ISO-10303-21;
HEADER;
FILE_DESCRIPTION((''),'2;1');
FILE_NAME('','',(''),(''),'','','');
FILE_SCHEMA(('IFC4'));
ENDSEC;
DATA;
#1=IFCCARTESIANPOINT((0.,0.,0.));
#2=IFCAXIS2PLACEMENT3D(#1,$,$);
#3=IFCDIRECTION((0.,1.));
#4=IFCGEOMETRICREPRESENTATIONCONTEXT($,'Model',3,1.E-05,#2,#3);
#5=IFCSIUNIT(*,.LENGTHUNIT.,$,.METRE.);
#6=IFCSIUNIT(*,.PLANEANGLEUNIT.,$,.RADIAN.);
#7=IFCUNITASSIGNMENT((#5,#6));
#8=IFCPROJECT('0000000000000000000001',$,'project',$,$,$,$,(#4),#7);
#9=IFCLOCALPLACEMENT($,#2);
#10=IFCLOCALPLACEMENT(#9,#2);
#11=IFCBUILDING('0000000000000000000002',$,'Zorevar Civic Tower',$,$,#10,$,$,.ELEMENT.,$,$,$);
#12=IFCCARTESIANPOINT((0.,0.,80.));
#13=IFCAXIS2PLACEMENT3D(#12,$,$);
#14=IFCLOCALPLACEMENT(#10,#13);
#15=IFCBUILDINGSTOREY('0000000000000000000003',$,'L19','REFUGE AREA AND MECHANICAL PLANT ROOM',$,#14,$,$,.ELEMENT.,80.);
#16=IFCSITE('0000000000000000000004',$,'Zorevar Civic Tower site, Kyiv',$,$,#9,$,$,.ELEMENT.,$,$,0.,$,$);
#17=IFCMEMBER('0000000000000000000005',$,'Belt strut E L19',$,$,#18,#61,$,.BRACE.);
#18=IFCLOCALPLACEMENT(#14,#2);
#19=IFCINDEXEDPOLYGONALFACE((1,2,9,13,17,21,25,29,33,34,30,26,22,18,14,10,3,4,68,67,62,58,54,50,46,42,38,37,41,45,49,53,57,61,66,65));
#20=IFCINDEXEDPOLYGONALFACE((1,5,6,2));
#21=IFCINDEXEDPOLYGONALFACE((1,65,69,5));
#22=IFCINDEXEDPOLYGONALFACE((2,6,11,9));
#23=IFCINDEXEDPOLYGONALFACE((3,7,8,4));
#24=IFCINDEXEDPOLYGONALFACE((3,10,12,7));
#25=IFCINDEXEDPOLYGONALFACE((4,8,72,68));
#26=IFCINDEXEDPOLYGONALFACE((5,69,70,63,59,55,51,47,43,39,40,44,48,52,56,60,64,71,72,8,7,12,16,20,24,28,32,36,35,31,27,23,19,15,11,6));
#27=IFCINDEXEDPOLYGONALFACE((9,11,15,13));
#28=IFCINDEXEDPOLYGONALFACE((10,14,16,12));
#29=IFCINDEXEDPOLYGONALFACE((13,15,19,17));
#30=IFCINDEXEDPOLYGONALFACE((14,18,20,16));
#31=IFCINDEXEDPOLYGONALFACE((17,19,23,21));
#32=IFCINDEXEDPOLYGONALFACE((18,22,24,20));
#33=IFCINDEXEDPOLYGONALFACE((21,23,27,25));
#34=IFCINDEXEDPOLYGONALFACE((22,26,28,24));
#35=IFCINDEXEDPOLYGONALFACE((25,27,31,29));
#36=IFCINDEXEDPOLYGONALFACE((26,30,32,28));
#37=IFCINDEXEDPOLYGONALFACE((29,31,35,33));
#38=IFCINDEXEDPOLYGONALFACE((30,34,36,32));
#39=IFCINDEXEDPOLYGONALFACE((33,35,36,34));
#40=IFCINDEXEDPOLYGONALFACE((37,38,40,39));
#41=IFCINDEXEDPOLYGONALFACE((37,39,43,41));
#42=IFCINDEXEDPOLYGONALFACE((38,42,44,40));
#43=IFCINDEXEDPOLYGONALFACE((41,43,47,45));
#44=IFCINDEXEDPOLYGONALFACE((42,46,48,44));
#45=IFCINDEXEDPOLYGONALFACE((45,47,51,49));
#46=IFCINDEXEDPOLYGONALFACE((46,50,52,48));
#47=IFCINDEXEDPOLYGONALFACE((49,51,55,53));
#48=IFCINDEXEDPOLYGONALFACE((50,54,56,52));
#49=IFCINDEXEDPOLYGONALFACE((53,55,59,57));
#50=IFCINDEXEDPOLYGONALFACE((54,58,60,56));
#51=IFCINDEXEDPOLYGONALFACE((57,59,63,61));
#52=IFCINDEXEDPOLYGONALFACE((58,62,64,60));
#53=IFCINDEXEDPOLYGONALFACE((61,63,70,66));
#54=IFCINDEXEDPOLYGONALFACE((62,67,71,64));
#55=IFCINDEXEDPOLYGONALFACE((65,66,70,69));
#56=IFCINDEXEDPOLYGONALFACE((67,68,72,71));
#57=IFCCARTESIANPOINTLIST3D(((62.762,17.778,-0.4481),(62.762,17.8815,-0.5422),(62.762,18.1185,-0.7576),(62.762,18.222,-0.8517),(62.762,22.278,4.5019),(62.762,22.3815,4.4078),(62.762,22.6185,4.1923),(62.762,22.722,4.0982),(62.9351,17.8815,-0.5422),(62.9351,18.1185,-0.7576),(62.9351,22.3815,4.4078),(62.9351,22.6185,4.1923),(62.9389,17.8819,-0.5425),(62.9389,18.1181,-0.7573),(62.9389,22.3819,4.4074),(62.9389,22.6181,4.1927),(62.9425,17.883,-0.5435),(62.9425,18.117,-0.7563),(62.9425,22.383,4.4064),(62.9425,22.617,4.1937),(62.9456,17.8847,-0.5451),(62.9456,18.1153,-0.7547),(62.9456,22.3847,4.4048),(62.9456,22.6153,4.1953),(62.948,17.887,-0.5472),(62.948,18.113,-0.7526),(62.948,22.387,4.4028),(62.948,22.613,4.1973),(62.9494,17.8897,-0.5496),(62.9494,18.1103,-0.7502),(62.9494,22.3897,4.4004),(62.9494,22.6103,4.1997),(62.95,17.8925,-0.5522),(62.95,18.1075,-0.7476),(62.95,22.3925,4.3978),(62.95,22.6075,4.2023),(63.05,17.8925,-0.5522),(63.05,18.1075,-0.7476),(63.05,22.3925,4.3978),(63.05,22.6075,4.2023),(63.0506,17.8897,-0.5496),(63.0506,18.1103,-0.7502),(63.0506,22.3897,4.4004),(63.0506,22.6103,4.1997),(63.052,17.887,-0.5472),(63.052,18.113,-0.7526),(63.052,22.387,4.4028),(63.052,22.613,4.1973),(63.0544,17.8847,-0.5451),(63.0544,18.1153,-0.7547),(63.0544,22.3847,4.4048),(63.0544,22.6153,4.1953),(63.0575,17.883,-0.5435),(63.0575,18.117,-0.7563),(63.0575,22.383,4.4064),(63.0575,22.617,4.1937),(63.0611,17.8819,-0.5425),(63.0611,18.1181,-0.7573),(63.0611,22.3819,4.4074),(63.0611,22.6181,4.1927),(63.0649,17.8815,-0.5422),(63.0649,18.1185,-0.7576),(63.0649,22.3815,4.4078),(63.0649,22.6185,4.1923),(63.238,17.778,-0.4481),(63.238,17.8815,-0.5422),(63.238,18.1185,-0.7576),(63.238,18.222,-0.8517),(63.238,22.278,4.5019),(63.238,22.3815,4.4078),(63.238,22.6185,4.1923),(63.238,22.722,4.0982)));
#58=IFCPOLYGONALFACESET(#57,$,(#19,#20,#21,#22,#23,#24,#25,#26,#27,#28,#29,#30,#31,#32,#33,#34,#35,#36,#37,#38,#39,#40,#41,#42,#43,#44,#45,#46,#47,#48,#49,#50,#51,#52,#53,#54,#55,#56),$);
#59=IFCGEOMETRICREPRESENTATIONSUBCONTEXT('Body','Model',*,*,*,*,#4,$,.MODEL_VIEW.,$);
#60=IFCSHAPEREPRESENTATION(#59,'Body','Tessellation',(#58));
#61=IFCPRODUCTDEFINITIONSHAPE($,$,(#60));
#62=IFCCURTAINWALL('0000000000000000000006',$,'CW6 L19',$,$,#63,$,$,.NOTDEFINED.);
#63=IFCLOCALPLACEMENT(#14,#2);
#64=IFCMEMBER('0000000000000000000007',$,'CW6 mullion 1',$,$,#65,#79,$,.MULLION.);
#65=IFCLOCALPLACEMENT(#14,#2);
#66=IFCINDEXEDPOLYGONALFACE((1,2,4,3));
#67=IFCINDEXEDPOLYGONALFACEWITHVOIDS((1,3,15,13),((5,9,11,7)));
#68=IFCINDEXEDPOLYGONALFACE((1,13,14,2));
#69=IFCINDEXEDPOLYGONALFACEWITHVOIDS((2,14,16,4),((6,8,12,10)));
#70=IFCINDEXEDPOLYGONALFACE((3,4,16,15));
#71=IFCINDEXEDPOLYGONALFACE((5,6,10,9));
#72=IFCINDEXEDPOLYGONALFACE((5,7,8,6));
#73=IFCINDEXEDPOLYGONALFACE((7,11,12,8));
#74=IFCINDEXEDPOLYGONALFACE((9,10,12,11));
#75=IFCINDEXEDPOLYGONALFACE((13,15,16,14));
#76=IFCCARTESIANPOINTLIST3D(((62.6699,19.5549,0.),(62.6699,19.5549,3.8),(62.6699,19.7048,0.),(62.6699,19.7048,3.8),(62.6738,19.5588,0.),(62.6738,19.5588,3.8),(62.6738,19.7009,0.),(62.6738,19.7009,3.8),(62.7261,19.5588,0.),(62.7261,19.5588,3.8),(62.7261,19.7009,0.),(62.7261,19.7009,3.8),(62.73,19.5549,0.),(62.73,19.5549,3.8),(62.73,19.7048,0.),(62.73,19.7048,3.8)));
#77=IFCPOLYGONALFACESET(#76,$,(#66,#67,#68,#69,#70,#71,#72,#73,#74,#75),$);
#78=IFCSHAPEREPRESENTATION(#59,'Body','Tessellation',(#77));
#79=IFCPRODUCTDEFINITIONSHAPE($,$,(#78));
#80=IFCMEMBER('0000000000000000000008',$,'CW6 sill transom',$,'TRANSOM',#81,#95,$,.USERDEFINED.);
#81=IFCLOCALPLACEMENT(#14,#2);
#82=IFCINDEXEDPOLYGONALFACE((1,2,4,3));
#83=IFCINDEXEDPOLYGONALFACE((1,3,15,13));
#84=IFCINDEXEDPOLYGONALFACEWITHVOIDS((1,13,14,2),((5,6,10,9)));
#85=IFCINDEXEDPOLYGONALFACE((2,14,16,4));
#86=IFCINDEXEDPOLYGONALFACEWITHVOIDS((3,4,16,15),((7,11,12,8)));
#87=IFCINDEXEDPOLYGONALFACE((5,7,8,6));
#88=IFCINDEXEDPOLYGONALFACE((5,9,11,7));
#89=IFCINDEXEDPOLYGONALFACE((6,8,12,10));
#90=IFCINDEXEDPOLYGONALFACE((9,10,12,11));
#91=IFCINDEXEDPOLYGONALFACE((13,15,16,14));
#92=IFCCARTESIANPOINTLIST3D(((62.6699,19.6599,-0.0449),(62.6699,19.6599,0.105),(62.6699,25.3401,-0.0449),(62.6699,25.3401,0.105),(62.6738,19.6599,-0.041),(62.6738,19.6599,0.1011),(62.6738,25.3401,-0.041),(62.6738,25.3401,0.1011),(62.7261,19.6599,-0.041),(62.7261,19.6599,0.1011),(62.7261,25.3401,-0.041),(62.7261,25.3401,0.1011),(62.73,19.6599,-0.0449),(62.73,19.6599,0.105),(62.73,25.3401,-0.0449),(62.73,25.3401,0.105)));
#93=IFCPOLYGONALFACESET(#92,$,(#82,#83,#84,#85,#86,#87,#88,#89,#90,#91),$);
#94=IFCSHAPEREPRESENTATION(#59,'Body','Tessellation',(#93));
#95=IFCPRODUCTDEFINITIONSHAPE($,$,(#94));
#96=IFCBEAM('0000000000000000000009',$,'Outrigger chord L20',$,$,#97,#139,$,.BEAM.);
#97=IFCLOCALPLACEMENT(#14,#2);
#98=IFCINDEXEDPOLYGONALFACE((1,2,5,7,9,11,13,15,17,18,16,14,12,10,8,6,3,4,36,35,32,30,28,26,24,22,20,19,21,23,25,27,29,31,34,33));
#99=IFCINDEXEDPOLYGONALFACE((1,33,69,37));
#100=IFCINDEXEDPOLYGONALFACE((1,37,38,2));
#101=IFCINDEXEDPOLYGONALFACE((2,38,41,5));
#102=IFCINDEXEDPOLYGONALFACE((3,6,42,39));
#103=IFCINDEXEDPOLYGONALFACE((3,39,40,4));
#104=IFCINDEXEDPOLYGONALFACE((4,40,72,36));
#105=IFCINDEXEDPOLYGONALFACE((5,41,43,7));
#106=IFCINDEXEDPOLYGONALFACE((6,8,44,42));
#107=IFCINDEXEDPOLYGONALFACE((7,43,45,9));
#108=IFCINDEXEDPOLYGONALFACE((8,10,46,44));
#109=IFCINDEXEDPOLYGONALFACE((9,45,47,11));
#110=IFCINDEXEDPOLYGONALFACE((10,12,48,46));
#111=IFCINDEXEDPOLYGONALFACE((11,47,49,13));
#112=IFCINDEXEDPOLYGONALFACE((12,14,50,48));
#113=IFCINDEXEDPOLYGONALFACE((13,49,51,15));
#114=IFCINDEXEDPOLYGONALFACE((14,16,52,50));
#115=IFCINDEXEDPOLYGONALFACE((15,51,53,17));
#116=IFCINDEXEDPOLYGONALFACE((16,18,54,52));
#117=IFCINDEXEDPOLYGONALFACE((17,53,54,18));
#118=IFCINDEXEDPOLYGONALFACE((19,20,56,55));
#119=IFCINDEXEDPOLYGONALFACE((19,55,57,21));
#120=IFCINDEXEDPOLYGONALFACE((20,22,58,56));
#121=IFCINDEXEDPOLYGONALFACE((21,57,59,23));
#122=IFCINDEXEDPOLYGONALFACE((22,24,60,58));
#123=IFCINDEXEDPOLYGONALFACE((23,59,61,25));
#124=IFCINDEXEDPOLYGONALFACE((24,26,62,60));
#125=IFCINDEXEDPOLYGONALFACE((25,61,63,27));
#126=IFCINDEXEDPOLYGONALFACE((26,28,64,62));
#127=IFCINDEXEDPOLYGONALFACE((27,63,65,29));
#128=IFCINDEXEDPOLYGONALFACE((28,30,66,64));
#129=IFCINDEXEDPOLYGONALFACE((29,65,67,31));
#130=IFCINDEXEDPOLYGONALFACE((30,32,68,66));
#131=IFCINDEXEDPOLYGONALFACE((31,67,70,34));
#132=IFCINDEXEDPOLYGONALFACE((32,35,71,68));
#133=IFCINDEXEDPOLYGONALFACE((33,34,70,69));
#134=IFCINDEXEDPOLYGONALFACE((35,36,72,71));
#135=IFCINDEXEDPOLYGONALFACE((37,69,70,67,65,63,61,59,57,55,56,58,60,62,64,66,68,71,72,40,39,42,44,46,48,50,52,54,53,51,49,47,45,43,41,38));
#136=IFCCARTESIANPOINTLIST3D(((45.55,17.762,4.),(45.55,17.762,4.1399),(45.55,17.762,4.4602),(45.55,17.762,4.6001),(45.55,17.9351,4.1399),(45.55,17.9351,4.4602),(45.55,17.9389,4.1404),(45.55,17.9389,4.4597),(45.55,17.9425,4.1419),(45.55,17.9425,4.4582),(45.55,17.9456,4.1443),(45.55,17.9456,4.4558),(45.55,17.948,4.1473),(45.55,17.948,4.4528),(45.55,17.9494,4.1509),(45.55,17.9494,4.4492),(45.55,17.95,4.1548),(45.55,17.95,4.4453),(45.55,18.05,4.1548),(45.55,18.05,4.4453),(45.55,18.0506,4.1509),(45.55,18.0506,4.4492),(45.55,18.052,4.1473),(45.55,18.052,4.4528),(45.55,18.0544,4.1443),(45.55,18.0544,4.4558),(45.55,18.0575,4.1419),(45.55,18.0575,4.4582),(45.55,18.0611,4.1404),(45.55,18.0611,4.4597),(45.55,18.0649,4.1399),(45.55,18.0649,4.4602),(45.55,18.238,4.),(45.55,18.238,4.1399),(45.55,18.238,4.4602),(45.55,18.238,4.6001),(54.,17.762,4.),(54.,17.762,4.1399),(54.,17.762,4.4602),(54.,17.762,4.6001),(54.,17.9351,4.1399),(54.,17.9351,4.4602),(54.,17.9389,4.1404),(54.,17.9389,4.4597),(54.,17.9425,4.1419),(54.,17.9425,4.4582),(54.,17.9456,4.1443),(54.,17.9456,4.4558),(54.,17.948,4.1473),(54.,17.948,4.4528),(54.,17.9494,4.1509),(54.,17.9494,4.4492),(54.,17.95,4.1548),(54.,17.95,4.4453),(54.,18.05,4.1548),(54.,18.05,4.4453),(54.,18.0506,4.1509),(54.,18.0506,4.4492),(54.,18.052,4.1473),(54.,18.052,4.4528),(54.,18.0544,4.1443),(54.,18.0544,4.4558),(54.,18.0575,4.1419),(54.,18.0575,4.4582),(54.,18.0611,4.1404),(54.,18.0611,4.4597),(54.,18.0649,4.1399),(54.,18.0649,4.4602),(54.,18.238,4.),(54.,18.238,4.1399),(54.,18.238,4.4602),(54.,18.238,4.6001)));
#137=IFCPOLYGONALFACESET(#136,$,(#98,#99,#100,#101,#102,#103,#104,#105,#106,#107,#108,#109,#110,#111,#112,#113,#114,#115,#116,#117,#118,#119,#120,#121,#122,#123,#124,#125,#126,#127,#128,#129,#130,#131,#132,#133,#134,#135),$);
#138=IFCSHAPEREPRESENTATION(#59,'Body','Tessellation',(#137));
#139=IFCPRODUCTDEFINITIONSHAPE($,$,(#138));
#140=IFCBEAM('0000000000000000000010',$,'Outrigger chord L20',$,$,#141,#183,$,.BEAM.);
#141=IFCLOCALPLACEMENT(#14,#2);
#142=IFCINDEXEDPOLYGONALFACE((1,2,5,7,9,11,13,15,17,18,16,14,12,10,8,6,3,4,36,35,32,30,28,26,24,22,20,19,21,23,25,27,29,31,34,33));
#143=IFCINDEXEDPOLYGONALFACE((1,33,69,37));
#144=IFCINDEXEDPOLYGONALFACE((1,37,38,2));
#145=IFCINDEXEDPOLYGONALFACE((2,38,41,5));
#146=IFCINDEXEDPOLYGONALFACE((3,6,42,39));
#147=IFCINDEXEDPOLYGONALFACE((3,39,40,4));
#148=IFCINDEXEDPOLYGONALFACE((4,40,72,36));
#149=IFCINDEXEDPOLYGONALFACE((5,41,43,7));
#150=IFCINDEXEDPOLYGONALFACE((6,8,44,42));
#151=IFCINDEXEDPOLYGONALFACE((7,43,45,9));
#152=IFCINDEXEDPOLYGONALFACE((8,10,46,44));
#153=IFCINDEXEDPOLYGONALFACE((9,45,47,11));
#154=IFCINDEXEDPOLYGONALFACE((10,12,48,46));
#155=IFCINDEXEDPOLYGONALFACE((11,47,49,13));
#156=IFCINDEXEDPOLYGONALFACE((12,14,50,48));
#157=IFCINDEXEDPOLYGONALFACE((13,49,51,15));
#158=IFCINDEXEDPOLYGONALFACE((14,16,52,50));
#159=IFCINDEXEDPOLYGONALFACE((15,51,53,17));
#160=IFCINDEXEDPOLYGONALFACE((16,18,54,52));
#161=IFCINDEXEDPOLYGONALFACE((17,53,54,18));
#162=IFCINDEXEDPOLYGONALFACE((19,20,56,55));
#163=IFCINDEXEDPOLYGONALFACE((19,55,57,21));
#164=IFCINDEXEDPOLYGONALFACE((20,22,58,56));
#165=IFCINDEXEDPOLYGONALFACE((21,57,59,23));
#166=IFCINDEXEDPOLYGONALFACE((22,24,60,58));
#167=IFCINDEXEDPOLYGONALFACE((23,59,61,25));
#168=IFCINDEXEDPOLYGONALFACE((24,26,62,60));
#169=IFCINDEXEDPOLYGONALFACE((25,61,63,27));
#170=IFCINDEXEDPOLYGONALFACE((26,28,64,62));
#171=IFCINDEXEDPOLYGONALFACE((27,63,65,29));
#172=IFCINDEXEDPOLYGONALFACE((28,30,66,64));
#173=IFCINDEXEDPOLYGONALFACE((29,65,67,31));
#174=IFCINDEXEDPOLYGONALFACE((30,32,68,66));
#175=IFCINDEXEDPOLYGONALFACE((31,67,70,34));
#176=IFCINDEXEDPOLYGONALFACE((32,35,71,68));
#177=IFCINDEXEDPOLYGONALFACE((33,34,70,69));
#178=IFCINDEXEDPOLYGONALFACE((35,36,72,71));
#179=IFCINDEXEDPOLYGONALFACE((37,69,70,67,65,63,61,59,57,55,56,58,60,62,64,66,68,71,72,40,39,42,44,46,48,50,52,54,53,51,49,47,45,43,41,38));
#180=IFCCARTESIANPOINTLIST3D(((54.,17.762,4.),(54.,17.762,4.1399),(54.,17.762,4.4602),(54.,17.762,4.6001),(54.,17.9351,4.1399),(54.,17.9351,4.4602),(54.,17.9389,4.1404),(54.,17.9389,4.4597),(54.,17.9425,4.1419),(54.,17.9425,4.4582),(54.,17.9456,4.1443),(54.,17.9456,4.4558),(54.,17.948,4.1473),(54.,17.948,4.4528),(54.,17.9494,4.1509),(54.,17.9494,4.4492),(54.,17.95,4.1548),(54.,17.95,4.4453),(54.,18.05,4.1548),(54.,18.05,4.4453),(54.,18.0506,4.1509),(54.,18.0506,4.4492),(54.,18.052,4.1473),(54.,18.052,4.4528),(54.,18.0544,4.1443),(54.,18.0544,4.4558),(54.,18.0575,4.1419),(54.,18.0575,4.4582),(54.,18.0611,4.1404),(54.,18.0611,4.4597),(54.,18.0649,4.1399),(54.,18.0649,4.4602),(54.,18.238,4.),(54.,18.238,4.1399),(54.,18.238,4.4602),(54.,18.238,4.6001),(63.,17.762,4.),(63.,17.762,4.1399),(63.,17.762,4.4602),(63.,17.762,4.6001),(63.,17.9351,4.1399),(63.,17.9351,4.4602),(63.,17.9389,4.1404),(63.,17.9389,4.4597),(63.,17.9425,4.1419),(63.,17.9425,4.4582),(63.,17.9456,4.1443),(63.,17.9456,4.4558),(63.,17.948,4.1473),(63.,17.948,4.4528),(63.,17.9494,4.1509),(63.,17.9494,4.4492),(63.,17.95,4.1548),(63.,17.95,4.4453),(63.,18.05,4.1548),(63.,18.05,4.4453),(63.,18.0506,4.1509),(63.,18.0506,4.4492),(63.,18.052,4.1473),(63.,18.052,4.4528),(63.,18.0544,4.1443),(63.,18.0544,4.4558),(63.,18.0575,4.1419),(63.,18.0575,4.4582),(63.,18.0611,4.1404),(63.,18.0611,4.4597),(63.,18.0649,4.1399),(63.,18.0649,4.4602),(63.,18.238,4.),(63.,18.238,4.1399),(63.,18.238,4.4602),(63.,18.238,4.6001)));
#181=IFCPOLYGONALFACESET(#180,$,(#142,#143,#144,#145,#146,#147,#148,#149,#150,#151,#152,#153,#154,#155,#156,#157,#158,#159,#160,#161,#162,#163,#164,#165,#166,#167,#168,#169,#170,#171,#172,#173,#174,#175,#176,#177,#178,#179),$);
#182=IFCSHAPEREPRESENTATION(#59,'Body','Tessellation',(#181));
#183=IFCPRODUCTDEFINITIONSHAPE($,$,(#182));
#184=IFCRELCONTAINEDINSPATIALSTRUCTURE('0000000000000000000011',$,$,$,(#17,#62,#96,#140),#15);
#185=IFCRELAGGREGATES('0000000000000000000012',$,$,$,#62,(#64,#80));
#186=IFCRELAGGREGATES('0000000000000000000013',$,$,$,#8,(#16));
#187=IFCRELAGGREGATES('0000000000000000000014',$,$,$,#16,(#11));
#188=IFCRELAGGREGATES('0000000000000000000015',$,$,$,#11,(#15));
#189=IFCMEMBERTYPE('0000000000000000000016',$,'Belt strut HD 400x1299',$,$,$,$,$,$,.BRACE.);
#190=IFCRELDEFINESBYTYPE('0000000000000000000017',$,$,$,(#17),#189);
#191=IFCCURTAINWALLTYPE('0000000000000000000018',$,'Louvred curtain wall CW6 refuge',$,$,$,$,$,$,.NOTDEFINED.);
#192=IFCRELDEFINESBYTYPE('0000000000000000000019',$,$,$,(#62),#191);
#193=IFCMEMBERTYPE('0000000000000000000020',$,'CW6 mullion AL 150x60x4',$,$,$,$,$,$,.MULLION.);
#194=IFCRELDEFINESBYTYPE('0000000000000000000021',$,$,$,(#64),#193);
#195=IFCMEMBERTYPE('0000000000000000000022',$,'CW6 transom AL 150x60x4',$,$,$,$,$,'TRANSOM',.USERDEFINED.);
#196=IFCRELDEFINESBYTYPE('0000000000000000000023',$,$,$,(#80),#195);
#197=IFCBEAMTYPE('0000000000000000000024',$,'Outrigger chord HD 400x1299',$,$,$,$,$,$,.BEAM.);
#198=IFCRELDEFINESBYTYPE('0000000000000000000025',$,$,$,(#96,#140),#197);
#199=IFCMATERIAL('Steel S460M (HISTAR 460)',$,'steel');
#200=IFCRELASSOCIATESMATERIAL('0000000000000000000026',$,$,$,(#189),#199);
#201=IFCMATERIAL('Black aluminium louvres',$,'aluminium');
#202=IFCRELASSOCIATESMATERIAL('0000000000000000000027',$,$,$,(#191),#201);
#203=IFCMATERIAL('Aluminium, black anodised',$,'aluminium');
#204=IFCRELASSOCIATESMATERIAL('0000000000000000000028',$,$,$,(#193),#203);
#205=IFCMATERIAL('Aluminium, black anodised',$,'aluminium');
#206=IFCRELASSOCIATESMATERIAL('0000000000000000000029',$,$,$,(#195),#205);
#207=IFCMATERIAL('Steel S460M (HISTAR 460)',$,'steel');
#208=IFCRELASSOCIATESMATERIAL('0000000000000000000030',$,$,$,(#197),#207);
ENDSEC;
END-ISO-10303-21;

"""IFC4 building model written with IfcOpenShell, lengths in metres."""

from ifc_helpers import new_model, si_unit, direction, frame, origin, origin_2d, place, context, subcontext, project, spatial, hollow_rectangle, i_section, extrude, material, material_profile, profile_set, type_object, element, aggregate, save


model = new_model("IFC4")

# Units and contexts
model_context = context("Model", 3, precision=1e-05, world=origin(), true_north=direction((0.0, 1.0)))
body_context = subcontext(model_context, "Body", "Model", "MODEL_VIEW")
ifc_project = project(units=[si_unit("LENGTHUNIT", "METRE"), si_unit("PLANEANGLEUNIT", "RADIAN")], contexts=[model_context])

# Site, building, storey
site_placement = place(None, origin())
site = spatial("IfcSite", under=ifc_project, at=site_placement, Name="Zorevar Civic Tower site, Kyiv", CompositionType="ELEMENT", RefElevation=0.0)
building_placement = place(site_placement, origin())
building = spatial("IfcBuilding", under=site, at=building_placement, Name="Zorevar Civic Tower", CompositionType="ELEMENT")
storey_placement = place(building_placement, frame((0.0, 0.0, 80.0)))
storey = spatial("IfcBuildingStorey", under=building, at=storey_placement, Name="L19", Description="REFUGE AREA AND MECHANICAL PLANT ROOM", CompositionType="ELEMENT", Elevation=80.0)

# Member
ifc_material_1 = material(Name="Steel S460M (HISTAR 460)", Category="steel")
ifc_material_profile_1 = material_profile(ifc_material_1, i_section(OverallWidth=0.4761, OverallDepth=0.6001, WebThickness=0.1001, FlangeThickness=0.1399, FilletRadius=0.0149, at=origin_2d()), Name="HD 400x1299")
ifc_profile_set_1 = profile_set([ifc_material_profile_1], Name="Steel S460M (HISTAR 460)")
member_type_1 = type_object("IfcMemberType", Name="Belt strut HD 400x1299", PredefinedType="BRACE", material=ifc_profile_set_1)
member_1_placement = place(storey_placement, frame((63.0, 18.0, -0.6499), z_axis=(0.0, 0.672676, 0.739937), x_axis=(-1.0, 0.0, 0.0)))
element("IfcMember", 1, at=member_1_placement, inside=storey, type_object=member_type_1, Name="Belt strut E L19", PredefinedType="BRACE", context=body_context, shape_type="SweptSolid", body=[
    extrude(i_section(OverallWidth=0.4761, OverallDepth=0.6001, WebThickness=0.1001, FlangeThickness=0.1399, FilletRadius=0.0149, at=origin_2d()), origin(), (0.0, 0.0, 1.0), 6.6897),
])

# Curtain wall, members
ifc_material_2 = material(Name="Black aluminium louvres", Category="aluminium")
curtain_wall_type = type_object("IfcCurtainWallType", Name="Louvred curtain wall CW6 refuge", PredefinedType="NOTDEFINED", material=ifc_material_2)
curtain_wall_placement = place(storey_placement, origin())
curtain_wall = element("IfcCurtainWall", 2, at=curtain_wall_placement, inside=storey, type_object=curtain_wall_type, Name="CW6 L19", PredefinedType="NOTDEFINED")
ifc_material_3 = material(Name="Aluminium, black anodised", Category="aluminium")
ifc_material_profile_2 = material_profile(ifc_material_3, hollow_rectangle(XDim=0.0601, YDim=0.1499, WallThickness=0.0039, at=origin_2d()), Name="AL 150x60x4")
ifc_profile_set_2 = profile_set([ifc_material_profile_2], Name="Aluminium, black anodised")
member_type_2 = type_object("IfcMemberType", Name="CW6 mullion AL 150x60x4", PredefinedType="MULLION", material=ifc_profile_set_2)
member_2_placement = place(storey_placement, frame((62.7, 19.6299, 0.0), z_axis=(0.0, 0.0, 1.0), x_axis=(-1.0, 0.0, 0.0)))
member_2 = element("IfcMember", 3, at=member_2_placement, type_object=member_type_2, Name="CW6 mullion 1", PredefinedType="MULLION", context=body_context, shape_type="SweptSolid", body=[
    extrude(hollow_rectangle(XDim=0.0601, YDim=0.1499, WallThickness=0.0039, at=origin_2d()), origin(), (0.0, 0.0, 1.0), 3.8),
])
ifc_material_4 = material(Name="Aluminium, black anodised", Category="aluminium")
ifc_material_profile_3 = material_profile(ifc_material_4, hollow_rectangle(XDim=0.0601, YDim=0.1499, WallThickness=0.0039, at=origin_2d()), Name="AL 150x60x4")
ifc_profile_set_3 = profile_set([ifc_material_profile_3], Name="Aluminium, black anodised")
member_type_3 = type_object("IfcMemberType", Name="CW6 transom AL 150x60x4", ElementType="TRANSOM", PredefinedType="USERDEFINED", material=ifc_profile_set_3)
member_3_placement = place(storey_placement, frame((62.7, 19.6599, 0.03), z_axis=(0.0, 1.0, 0.0), x_axis=(-1.0, 0.0, 0.0)))
member_3 = element("IfcMember", 4, at=member_3_placement, type_object=member_type_3, Name="CW6 sill transom", ObjectType="TRANSOM", PredefinedType="USERDEFINED", context=body_context, shape_type="SweptSolid", body=[
    extrude(hollow_rectangle(XDim=0.0601, YDim=0.1499, WallThickness=0.0039, at=origin_2d()), origin(), (0.0, 0.0, 1.0), 5.6802),
])

# Beams
ifc_material_5 = material(Name="Steel S460M (HISTAR 460)", Category="steel")
ifc_material_profile_4 = material_profile(ifc_material_5, i_section(OverallWidth=0.4761, OverallDepth=0.6001, WebThickness=0.1001, FlangeThickness=0.1399, FilletRadius=0.0149, at=origin_2d()), Name="HD 400x1299")
ifc_profile_set_4 = profile_set([ifc_material_profile_4], Name="Steel S460M (HISTAR 460)")
beam_type_1 = type_object("IfcBeamType", Name="Outrigger chord HD 400x1299", PredefinedType="BEAM", material=ifc_profile_set_4)
beam_1_placement = place(storey_placement, frame((45.55, 18.0, 4.3), z_axis=(1.0, 0.0, 0.0), x_axis=(0.0, 1.0, 0.0)))
element("IfcBeam", 5, at=beam_1_placement, inside=storey, type_object=beam_type_1, Name="Outrigger chord L20", PredefinedType="BEAM", context=body_context, shape_type="SweptSolid", body=[
    extrude(i_section(OverallWidth=0.4761, OverallDepth=0.6001, WebThickness=0.1001, FlangeThickness=0.1399, FilletRadius=0.0149, at=origin_2d()), origin(), (0.0, 0.0, 1.0), 8.45),
])
beam_2_placement = place(storey_placement, frame((54.0, 18.0, 4.3), z_axis=(1.0, 0.0, 0.0), x_axis=(0.0, 1.0, 0.0)))
element("IfcBeam", 6, at=beam_2_placement, inside=storey, type_object=beam_type_1, Name="Outrigger chord L20", PredefinedType="BEAM", context=body_context, shape_type="SweptSolid", body=[
    extrude(i_section(OverallWidth=0.4761, OverallDepth=0.6001, WebThickness=0.1001, FlangeThickness=0.1399, FilletRadius=0.0149, at=origin_2d()), origin(), (0.0, 0.0, 1.0), 9.0),
])

aggregate(curtain_wall, [member_2, member_3])

save(model, "model.ifc")
